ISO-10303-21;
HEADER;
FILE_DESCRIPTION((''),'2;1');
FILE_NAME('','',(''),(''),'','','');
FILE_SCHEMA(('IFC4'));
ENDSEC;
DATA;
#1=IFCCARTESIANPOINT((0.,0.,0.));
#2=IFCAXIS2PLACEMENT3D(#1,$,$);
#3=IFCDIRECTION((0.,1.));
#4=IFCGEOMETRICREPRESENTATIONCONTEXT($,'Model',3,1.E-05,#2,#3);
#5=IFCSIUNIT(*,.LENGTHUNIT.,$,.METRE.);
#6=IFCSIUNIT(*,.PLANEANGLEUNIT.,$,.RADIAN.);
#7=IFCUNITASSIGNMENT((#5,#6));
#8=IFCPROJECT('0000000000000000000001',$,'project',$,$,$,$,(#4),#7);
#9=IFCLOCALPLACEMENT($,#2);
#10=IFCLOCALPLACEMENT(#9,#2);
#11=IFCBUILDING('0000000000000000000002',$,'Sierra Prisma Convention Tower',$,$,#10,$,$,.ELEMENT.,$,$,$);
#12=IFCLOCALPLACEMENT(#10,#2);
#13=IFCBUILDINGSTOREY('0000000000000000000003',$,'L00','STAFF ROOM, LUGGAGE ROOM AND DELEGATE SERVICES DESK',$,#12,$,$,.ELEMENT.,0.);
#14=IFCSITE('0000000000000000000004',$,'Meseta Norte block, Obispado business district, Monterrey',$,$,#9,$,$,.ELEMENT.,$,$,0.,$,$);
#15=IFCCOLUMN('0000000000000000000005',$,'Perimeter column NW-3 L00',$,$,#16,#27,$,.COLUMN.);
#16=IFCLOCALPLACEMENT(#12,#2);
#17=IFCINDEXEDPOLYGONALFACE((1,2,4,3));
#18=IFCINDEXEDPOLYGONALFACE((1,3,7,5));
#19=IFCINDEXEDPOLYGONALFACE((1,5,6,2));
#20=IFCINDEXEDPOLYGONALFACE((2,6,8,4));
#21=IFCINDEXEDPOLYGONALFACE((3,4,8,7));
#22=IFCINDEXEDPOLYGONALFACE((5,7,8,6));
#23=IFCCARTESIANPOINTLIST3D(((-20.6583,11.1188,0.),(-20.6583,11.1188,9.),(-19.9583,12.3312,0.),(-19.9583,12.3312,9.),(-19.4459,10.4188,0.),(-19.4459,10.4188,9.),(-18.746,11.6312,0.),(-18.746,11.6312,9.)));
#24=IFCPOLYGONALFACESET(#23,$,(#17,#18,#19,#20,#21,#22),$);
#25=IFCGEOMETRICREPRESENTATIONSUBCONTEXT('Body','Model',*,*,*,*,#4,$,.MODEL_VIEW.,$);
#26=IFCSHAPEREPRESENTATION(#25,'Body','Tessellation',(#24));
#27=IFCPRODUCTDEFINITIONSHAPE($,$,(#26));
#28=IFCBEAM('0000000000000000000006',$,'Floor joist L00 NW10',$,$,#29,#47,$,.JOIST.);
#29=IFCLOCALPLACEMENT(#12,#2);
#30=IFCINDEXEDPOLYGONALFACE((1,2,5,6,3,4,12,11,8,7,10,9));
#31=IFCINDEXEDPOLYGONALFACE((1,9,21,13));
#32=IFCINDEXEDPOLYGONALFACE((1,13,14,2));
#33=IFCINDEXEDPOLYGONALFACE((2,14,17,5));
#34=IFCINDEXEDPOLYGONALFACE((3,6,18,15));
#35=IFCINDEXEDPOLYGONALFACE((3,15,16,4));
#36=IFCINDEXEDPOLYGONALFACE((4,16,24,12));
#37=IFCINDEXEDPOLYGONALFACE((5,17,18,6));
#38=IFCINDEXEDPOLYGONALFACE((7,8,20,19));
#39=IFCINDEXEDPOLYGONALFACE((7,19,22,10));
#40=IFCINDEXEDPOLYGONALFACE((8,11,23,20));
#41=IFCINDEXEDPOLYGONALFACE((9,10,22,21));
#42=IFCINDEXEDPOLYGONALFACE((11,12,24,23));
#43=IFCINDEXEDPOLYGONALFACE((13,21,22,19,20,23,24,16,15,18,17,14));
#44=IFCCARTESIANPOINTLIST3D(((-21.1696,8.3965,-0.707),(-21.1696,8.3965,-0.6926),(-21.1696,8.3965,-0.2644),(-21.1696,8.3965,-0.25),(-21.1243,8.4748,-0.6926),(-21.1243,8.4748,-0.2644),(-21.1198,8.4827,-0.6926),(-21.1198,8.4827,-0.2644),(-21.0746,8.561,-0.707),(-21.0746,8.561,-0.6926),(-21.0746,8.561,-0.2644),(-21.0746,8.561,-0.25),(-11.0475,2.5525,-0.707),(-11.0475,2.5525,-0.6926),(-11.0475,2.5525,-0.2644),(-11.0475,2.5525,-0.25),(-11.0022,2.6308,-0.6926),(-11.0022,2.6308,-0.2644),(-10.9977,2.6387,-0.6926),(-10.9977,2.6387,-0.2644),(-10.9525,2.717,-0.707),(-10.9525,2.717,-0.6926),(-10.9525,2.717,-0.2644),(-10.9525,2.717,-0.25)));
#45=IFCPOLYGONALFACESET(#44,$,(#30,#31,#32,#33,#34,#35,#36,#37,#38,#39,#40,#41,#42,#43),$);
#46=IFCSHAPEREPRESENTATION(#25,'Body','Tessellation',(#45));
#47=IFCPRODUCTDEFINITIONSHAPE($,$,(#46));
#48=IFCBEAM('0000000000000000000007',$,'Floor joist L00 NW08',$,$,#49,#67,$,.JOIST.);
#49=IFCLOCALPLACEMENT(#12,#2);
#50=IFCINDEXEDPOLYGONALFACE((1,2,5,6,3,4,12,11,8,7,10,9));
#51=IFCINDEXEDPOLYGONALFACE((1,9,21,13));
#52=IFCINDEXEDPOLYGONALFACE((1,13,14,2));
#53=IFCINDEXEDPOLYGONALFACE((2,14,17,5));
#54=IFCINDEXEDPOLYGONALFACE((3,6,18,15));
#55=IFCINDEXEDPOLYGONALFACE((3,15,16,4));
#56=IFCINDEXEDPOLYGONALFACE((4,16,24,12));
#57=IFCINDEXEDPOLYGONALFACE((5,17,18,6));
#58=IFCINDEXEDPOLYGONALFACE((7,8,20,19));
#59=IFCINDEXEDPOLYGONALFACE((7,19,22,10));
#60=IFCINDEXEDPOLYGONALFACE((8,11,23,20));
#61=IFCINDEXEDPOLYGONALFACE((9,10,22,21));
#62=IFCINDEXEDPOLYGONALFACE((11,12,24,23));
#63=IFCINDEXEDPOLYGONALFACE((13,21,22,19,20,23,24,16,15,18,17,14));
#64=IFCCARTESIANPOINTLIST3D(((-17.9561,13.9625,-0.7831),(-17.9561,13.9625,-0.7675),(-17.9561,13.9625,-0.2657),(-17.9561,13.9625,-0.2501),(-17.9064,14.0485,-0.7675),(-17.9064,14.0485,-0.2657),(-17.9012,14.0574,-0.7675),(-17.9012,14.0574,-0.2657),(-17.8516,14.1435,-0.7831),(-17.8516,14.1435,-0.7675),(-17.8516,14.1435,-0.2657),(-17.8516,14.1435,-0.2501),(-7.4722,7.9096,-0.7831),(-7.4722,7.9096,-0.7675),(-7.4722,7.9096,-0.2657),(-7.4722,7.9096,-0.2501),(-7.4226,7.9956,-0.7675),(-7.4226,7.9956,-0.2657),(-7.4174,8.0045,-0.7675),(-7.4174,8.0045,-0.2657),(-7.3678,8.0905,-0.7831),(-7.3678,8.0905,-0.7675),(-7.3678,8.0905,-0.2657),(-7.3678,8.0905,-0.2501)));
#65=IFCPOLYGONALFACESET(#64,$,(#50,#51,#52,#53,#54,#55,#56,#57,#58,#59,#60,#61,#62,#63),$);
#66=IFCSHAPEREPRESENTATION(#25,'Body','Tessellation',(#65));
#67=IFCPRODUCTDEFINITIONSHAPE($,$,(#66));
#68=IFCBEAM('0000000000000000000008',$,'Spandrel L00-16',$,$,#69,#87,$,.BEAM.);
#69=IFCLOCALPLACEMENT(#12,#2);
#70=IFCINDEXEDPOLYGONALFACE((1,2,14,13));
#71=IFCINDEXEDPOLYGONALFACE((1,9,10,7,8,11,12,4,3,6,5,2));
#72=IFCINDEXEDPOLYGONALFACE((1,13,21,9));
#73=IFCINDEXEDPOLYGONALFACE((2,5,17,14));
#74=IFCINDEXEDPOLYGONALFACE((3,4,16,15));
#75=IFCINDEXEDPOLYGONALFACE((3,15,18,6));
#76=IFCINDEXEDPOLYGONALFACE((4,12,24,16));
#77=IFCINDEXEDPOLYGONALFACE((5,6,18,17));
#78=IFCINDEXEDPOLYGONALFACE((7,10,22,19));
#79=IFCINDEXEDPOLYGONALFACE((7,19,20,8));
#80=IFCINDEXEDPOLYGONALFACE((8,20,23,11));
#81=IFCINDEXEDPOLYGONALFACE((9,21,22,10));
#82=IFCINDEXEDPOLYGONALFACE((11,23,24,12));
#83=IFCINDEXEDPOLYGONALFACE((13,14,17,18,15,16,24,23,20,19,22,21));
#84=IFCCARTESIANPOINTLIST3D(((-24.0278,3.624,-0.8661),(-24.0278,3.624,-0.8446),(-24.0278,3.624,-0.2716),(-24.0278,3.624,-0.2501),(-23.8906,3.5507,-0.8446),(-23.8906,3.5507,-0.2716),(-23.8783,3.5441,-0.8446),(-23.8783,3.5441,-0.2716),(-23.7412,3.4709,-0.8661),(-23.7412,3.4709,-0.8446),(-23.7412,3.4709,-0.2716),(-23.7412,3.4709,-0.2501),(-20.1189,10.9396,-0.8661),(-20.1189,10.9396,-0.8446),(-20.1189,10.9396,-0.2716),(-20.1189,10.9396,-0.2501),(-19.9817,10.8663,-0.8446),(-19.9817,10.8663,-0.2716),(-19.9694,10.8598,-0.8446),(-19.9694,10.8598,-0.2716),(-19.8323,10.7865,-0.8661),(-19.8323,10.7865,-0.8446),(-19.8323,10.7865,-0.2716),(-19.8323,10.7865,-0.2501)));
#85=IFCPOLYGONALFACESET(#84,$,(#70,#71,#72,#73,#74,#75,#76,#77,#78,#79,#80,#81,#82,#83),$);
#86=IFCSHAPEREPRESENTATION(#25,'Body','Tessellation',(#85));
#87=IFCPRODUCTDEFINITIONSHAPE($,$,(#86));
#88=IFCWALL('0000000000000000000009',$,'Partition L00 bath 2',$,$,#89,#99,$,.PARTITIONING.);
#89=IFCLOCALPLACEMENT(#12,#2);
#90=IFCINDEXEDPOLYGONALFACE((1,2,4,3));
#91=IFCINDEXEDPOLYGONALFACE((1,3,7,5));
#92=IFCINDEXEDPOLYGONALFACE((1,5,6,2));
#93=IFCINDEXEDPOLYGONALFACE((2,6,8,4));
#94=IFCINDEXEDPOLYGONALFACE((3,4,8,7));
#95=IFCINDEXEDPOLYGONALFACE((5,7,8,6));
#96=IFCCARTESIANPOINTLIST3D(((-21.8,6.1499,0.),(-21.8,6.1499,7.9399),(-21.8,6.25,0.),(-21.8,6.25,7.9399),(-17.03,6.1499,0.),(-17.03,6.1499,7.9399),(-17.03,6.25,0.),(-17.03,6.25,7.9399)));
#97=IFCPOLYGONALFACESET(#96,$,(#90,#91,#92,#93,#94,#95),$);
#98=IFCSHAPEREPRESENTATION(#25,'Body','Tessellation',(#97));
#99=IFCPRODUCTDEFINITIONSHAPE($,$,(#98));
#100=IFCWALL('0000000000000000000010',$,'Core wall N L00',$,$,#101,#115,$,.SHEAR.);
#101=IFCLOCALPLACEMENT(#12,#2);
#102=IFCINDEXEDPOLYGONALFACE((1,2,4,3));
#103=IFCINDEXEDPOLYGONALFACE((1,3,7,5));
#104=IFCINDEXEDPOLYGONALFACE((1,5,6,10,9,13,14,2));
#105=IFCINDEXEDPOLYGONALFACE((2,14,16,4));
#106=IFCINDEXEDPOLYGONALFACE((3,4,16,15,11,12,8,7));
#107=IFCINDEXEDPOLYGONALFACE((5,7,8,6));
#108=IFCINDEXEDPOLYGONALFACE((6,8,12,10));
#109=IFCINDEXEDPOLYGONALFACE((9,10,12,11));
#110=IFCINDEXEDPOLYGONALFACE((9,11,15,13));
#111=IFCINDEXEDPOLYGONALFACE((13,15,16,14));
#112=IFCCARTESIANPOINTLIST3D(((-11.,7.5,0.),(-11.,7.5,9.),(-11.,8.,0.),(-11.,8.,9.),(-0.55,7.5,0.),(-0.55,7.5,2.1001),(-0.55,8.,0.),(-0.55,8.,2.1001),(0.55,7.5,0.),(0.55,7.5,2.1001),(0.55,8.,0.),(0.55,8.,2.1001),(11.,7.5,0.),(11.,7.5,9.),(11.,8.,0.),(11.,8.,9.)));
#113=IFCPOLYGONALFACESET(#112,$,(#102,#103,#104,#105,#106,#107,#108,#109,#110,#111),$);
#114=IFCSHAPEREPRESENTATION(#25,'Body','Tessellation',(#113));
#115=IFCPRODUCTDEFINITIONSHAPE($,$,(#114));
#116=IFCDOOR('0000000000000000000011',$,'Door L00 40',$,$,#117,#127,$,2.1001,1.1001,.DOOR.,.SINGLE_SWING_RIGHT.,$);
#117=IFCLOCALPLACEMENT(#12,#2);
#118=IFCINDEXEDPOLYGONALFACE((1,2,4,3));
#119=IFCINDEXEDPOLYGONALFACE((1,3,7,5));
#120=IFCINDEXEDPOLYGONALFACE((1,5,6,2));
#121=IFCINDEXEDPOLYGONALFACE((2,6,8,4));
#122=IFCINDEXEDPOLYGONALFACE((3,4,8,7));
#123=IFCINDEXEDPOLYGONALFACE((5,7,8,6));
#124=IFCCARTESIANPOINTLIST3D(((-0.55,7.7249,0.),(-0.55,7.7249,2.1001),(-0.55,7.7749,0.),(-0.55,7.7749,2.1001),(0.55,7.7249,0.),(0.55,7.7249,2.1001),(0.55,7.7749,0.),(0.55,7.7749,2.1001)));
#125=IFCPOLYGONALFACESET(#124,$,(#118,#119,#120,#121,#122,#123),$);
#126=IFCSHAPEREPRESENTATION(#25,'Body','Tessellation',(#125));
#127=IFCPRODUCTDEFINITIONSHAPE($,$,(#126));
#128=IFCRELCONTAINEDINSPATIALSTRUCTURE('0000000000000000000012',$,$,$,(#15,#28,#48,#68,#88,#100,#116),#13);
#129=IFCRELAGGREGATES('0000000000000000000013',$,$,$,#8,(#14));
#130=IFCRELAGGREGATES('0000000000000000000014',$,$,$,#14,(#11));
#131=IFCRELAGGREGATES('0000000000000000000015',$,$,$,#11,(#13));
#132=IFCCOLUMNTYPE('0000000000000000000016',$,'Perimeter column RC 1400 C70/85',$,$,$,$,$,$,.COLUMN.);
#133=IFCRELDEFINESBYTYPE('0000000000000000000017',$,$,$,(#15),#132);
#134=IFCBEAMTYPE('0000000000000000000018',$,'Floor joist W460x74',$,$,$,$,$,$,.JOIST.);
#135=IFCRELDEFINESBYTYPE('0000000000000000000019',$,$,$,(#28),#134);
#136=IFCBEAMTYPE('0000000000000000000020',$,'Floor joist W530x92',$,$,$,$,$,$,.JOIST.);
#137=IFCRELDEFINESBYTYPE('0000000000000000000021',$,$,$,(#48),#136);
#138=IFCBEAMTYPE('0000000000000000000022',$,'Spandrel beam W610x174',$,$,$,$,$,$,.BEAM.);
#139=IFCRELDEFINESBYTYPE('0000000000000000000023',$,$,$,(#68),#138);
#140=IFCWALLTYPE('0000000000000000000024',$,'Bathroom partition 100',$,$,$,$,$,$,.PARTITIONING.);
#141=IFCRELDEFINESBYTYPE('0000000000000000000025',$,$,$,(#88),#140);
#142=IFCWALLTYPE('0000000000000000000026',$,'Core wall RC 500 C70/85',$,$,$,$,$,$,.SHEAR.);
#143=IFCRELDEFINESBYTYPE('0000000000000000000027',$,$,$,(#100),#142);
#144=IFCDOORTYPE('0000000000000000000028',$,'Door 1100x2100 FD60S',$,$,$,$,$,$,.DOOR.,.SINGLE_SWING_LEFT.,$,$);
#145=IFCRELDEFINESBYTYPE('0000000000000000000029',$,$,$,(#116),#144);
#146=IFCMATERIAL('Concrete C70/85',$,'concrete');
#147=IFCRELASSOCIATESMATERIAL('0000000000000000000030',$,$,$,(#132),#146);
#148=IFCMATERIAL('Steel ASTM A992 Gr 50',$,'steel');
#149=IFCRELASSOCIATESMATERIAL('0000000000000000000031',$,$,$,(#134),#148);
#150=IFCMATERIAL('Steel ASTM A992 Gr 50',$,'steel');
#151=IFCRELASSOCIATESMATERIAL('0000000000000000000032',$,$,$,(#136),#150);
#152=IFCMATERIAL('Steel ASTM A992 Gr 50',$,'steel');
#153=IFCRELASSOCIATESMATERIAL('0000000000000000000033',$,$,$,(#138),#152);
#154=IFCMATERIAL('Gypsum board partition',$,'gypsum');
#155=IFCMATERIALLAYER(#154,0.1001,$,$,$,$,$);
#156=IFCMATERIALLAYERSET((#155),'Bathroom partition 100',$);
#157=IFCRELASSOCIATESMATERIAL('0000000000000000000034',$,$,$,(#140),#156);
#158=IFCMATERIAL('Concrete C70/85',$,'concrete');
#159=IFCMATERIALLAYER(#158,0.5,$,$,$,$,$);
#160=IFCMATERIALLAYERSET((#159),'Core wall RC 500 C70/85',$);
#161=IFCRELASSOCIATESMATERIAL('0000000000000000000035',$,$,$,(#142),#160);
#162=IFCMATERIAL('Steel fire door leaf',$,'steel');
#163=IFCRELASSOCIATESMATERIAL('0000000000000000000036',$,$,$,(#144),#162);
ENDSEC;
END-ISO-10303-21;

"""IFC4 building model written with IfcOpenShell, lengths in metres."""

from ifc_helpers import new_model, si_unit, direction, frame, frame_2d, origin, origin_2d, place, context, subcontext, project, spatial, rectangle, i_section, extrude, material, layer, layer_set, material_profile, profile_set, type_object, element, fill, save


model = new_model("IFC4")

# Units and contexts
model_context = context("Model", 3, precision=1e-05, world=origin(), true_north=direction((0.0, 1.0)))
body_context = subcontext(model_context, "Body", "Model", "MODEL_VIEW")
ifc_project = project(units=[si_unit("LENGTHUNIT", "METRE"), si_unit("PLANEANGLEUNIT", "RADIAN")], contexts=[model_context])

# Site, building, storey
site_placement = place(None, origin())
site = spatial("IfcSite", under=ifc_project, at=site_placement, Name="Meseta Norte block, Obispado business district, Monterrey", CompositionType="ELEMENT", RefElevation=0.0)
building_placement = place(site_placement, origin())
building = spatial("IfcBuilding", under=site, at=building_placement, Name="Sierra Prisma Convention Tower", CompositionType="ELEMENT")
storey_placement = place(building_placement, origin())
storey = spatial("IfcBuildingStorey", under=building, at=storey_placement, Name="L00", Description="STAFF ROOM, LUGGAGE ROOM AND DELEGATE SERVICES DESK", CompositionType="ELEMENT", Elevation=0.0)

# Column
ifc_material_1 = material(Name="Concrete C70/85", Category="concrete")
ifc_material_profile_1 = material_profile(ifc_material_1, rectangle(XDim=1.3999, YDim=1.3999, at=origin_2d()), Name="Perimeter column RC 1400 C70/85")
ifc_profile_set_1 = profile_set([ifc_material_profile_1], Name="Concrete C70/85")
column_type = type_object("IfcColumnType", Name="Perimeter column RC 1400 C70/85", PredefinedType="COLUMN", material=ifc_profile_set_1)
column_placement = place(storey_placement, frame((-19.7021, 11.375, 0.0), z_axis=(0.0, 0.0, 1.0), x_axis=(0.5, 0.866025, 0.0)))
element("IfcColumn", 1, at=column_placement, inside=storey, type_object=column_type, Name="Perimeter column NW-3 L00", PredefinedType="COLUMN", context=body_context, shape_type="SweptSolid", body=[
    extrude(rectangle(XDim=1.3999, YDim=1.3999, at=origin_2d()), origin(), (0.0, 0.0, 1.0), 9.0),
])

# Beams
ifc_material_2 = material(Name="Steel ASTM A992 Gr 50", Category="steel")
ifc_material_profile_2 = material_profile(ifc_material_2, i_section(OverallWidth=0.1899, OverallDepth=0.457, WebThickness=0.009, FlangeThickness=0.0144, at=origin_2d()), Name="W460x74")
ifc_profile_set_2 = profile_set([ifc_material_profile_2], Name="Steel ASTM A992 Gr 50")
beam_type_1 = type_object("IfcBeamType", Name="Floor joist W460x74", PredefinedType="JOIST", material=ifc_profile_set_2)
beam_1_placement = place(storey_placement, frame((-21.1221, 8.4788, -0.4785), z_axis=(0.866025, -0.500001, 0.0), x_axis=(0.500001, 0.866025, 0.0)))
element("IfcBeam", 2, at=beam_1_placement, inside=storey, type_object=beam_type_1, Name="Floor joist L00 NW10", PredefinedType="JOIST", context=body_context, shape_type="SweptSolid", body=[
    extrude(i_section(OverallWidth=0.1899, OverallDepth=0.457, WebThickness=0.009, FlangeThickness=0.0144, at=origin_2d()), origin(), (0.0, 0.0, 1.0), 11.688),
])
ifc_material_3 = material(Name="Steel ASTM A992 Gr 50", Category="steel")
ifc_material_profile_3 = material_profile(ifc_material_3, i_section(OverallWidth=0.209, OverallDepth=0.533, WebThickness=0.0103, FlangeThickness=0.0156, at=origin_2d()), Name="W530x92")
ifc_profile_set_3 = profile_set([ifc_material_profile_3], Name="Steel ASTM A992 Gr 50")
beam_type_2 = type_object("IfcBeamType", Name="Floor joist W530x92", PredefinedType="JOIST", material=ifc_profile_set_3)
beam_2_placement = place(storey_placement, frame((-17.9038, 14.053, -0.5166), z_axis=(0.866022, -0.500006, 0.0), x_axis=(0.500006, 0.866022, 0.0)))
element("IfcBeam", 3, at=beam_2_placement, inside=storey, type_object=beam_type_2, Name="Floor joist L00 NW08", PredefinedType="JOIST", context=body_context, shape_type="SweptSolid", body=[
    extrude(i_section(OverallWidth=0.209, OverallDepth=0.533, WebThickness=0.0103, FlangeThickness=0.0156, at=origin_2d()), origin(), (0.0, 0.0, 1.0), 12.1057),
])
ifc_material_4 = material(Name="Steel ASTM A992 Gr 50", Category="steel")
ifc_material_profile_4 = material_profile(ifc_material_4, i_section(OverallWidth=0.325, OverallDepth=0.616, WebThickness=0.0139, FlangeThickness=0.0215, at=origin_2d()), Name="W610x174")
ifc_profile_set_4 = profile_set([ifc_material_profile_4], Name="Steel ASTM A992 Gr 50")
beam_type_3 = type_object("IfcBeamType", Name="Spandrel beam W610x174", PredefinedType="BEAM", material=ifc_profile_set_4)
beam_3_placement = place(storey_placement, frame((-19.9756, 10.863, -0.5581), z_axis=(-0.471268, -0.88199, 0.0), x_axis=(0.88199, -0.471268, 0.0)))
element("IfcBeam", 4, at=beam_3_placement, inside=storey, type_object=beam_type_3, Name="Spandrel L00-16", PredefinedType="BEAM", context=body_context, shape_type="SweptSolid", body=[
    extrude(i_section(OverallWidth=0.325, OverallDepth=0.616, WebThickness=0.0139, FlangeThickness=0.0215, at=origin_2d()), origin(), (0.0, 0.0, 1.0), 8.2944),
])

# Wall
ifc_material_5 = material(Name="Gypsum board partition", Category="gypsum")
ifc_layer_1 = layer(ifc_material_5, 0.1001)
ifc_layer_set_1 = layer_set([ifc_layer_1], Name="Bathroom partition 100")
wall_type_1 = type_object("IfcWallType", Name="Bathroom partition 100", PredefinedType="PARTITIONING", material=ifc_layer_set_1)
wall_1_placement = place(storey_placement, frame((-21.8, 6.2, 0.0), z_axis=(0.0, 0.0, 1.0), x_axis=(1.0, 0.0, 0.0)))
element("IfcWall", 5, at=wall_1_placement, inside=storey, type_object=wall_type_1, Name="Partition L00 bath 2", PredefinedType="PARTITIONING", context=body_context, shape_type="SweptSolid", body=[
    extrude(rectangle(XDim=4.77, YDim=0.1001, at=frame_2d((2.385, 0.0))), origin(), (0.0, 0.0, 1.0), 7.9399),
])

# Wall, opening, door
ifc_material_6 = material(Name="Concrete C70/85", Category="concrete")
ifc_layer_2 = layer(ifc_material_6, 0.5)
ifc_layer_set_2 = layer_set([ifc_layer_2], Name="Core wall RC 500 C70/85")
wall_type_2 = type_object("IfcWallType", Name="Core wall RC 500 C70/85", PredefinedType="SHEAR", material=ifc_layer_set_2)
wall_2_placement = place(storey_placement, frame((-11.0, 7.75, 0.0), z_axis=(0.0, 0.0, 1.0), x_axis=(1.0, 0.0, 0.0)))
wall_2 = element("IfcWall", 6, at=wall_2_placement, inside=storey, type_object=wall_type_2, Name="Core wall N L00", PredefinedType="SHEAR", context=body_context, shape_type="SweptSolid", body=[
    extrude(rectangle(XDim=22.0, YDim=0.5, at=frame_2d((11.0, 0.0))), origin(), (0.0, 0.0, 1.0), 9.0),
])
opening_1_placement = place(wall_2_placement, frame((10.45, 0.0, 0.0)))
opening_1 = element("IfcOpeningElement", 7, at=opening_1_placement, cuts=wall_2, PredefinedType="OPENING", context=body_context, shape_type="SweptSolid", body=[
    extrude(rectangle(XDim=1.1001, YDim=2.1001, at=frame_2d((0.55, 1.05))), frame((0.0, 0.25, 0.0), z_axis=(0.0, -1.0, 0.0), x_axis=(1.0, 0.0, 0.0)), (0.0, 0.0, 1.0), 0.5),
])
ifc_material_7 = material(Name="Steel fire door leaf", Category="steel")
door_type_1 = type_object("IfcDoorType", Name="Door 1100x2100 FD60S", OperationType="SINGLE_SWING_LEFT", PredefinedType="DOOR", material=ifc_material_7)
door_1_placement = place(opening_1_placement, origin())
door_1 = element("IfcDoor", 8, at=door_1_placement, inside=storey, type_object=door_type_1, Name="Door L00 40", OperationType="SINGLE_SWING_RIGHT", OverallHeight=2.1001, OverallWidth=1.1001, PredefinedType="DOOR", context=body_context, shape_type="SweptSolid", body=[
    extrude(rectangle(XDim=1.1001, YDim=2.1001, at=frame_2d((0.55, 1.05))), frame((0.0, 0.0249, 0.0), z_axis=(0.0, -1.0, 0.0), x_axis=(1.0, 0.0, 0.0)), (0.0, 0.0, 1.0), 0.05),
])
fill(opening_1, door_1)

save(model, "model.ifc")
